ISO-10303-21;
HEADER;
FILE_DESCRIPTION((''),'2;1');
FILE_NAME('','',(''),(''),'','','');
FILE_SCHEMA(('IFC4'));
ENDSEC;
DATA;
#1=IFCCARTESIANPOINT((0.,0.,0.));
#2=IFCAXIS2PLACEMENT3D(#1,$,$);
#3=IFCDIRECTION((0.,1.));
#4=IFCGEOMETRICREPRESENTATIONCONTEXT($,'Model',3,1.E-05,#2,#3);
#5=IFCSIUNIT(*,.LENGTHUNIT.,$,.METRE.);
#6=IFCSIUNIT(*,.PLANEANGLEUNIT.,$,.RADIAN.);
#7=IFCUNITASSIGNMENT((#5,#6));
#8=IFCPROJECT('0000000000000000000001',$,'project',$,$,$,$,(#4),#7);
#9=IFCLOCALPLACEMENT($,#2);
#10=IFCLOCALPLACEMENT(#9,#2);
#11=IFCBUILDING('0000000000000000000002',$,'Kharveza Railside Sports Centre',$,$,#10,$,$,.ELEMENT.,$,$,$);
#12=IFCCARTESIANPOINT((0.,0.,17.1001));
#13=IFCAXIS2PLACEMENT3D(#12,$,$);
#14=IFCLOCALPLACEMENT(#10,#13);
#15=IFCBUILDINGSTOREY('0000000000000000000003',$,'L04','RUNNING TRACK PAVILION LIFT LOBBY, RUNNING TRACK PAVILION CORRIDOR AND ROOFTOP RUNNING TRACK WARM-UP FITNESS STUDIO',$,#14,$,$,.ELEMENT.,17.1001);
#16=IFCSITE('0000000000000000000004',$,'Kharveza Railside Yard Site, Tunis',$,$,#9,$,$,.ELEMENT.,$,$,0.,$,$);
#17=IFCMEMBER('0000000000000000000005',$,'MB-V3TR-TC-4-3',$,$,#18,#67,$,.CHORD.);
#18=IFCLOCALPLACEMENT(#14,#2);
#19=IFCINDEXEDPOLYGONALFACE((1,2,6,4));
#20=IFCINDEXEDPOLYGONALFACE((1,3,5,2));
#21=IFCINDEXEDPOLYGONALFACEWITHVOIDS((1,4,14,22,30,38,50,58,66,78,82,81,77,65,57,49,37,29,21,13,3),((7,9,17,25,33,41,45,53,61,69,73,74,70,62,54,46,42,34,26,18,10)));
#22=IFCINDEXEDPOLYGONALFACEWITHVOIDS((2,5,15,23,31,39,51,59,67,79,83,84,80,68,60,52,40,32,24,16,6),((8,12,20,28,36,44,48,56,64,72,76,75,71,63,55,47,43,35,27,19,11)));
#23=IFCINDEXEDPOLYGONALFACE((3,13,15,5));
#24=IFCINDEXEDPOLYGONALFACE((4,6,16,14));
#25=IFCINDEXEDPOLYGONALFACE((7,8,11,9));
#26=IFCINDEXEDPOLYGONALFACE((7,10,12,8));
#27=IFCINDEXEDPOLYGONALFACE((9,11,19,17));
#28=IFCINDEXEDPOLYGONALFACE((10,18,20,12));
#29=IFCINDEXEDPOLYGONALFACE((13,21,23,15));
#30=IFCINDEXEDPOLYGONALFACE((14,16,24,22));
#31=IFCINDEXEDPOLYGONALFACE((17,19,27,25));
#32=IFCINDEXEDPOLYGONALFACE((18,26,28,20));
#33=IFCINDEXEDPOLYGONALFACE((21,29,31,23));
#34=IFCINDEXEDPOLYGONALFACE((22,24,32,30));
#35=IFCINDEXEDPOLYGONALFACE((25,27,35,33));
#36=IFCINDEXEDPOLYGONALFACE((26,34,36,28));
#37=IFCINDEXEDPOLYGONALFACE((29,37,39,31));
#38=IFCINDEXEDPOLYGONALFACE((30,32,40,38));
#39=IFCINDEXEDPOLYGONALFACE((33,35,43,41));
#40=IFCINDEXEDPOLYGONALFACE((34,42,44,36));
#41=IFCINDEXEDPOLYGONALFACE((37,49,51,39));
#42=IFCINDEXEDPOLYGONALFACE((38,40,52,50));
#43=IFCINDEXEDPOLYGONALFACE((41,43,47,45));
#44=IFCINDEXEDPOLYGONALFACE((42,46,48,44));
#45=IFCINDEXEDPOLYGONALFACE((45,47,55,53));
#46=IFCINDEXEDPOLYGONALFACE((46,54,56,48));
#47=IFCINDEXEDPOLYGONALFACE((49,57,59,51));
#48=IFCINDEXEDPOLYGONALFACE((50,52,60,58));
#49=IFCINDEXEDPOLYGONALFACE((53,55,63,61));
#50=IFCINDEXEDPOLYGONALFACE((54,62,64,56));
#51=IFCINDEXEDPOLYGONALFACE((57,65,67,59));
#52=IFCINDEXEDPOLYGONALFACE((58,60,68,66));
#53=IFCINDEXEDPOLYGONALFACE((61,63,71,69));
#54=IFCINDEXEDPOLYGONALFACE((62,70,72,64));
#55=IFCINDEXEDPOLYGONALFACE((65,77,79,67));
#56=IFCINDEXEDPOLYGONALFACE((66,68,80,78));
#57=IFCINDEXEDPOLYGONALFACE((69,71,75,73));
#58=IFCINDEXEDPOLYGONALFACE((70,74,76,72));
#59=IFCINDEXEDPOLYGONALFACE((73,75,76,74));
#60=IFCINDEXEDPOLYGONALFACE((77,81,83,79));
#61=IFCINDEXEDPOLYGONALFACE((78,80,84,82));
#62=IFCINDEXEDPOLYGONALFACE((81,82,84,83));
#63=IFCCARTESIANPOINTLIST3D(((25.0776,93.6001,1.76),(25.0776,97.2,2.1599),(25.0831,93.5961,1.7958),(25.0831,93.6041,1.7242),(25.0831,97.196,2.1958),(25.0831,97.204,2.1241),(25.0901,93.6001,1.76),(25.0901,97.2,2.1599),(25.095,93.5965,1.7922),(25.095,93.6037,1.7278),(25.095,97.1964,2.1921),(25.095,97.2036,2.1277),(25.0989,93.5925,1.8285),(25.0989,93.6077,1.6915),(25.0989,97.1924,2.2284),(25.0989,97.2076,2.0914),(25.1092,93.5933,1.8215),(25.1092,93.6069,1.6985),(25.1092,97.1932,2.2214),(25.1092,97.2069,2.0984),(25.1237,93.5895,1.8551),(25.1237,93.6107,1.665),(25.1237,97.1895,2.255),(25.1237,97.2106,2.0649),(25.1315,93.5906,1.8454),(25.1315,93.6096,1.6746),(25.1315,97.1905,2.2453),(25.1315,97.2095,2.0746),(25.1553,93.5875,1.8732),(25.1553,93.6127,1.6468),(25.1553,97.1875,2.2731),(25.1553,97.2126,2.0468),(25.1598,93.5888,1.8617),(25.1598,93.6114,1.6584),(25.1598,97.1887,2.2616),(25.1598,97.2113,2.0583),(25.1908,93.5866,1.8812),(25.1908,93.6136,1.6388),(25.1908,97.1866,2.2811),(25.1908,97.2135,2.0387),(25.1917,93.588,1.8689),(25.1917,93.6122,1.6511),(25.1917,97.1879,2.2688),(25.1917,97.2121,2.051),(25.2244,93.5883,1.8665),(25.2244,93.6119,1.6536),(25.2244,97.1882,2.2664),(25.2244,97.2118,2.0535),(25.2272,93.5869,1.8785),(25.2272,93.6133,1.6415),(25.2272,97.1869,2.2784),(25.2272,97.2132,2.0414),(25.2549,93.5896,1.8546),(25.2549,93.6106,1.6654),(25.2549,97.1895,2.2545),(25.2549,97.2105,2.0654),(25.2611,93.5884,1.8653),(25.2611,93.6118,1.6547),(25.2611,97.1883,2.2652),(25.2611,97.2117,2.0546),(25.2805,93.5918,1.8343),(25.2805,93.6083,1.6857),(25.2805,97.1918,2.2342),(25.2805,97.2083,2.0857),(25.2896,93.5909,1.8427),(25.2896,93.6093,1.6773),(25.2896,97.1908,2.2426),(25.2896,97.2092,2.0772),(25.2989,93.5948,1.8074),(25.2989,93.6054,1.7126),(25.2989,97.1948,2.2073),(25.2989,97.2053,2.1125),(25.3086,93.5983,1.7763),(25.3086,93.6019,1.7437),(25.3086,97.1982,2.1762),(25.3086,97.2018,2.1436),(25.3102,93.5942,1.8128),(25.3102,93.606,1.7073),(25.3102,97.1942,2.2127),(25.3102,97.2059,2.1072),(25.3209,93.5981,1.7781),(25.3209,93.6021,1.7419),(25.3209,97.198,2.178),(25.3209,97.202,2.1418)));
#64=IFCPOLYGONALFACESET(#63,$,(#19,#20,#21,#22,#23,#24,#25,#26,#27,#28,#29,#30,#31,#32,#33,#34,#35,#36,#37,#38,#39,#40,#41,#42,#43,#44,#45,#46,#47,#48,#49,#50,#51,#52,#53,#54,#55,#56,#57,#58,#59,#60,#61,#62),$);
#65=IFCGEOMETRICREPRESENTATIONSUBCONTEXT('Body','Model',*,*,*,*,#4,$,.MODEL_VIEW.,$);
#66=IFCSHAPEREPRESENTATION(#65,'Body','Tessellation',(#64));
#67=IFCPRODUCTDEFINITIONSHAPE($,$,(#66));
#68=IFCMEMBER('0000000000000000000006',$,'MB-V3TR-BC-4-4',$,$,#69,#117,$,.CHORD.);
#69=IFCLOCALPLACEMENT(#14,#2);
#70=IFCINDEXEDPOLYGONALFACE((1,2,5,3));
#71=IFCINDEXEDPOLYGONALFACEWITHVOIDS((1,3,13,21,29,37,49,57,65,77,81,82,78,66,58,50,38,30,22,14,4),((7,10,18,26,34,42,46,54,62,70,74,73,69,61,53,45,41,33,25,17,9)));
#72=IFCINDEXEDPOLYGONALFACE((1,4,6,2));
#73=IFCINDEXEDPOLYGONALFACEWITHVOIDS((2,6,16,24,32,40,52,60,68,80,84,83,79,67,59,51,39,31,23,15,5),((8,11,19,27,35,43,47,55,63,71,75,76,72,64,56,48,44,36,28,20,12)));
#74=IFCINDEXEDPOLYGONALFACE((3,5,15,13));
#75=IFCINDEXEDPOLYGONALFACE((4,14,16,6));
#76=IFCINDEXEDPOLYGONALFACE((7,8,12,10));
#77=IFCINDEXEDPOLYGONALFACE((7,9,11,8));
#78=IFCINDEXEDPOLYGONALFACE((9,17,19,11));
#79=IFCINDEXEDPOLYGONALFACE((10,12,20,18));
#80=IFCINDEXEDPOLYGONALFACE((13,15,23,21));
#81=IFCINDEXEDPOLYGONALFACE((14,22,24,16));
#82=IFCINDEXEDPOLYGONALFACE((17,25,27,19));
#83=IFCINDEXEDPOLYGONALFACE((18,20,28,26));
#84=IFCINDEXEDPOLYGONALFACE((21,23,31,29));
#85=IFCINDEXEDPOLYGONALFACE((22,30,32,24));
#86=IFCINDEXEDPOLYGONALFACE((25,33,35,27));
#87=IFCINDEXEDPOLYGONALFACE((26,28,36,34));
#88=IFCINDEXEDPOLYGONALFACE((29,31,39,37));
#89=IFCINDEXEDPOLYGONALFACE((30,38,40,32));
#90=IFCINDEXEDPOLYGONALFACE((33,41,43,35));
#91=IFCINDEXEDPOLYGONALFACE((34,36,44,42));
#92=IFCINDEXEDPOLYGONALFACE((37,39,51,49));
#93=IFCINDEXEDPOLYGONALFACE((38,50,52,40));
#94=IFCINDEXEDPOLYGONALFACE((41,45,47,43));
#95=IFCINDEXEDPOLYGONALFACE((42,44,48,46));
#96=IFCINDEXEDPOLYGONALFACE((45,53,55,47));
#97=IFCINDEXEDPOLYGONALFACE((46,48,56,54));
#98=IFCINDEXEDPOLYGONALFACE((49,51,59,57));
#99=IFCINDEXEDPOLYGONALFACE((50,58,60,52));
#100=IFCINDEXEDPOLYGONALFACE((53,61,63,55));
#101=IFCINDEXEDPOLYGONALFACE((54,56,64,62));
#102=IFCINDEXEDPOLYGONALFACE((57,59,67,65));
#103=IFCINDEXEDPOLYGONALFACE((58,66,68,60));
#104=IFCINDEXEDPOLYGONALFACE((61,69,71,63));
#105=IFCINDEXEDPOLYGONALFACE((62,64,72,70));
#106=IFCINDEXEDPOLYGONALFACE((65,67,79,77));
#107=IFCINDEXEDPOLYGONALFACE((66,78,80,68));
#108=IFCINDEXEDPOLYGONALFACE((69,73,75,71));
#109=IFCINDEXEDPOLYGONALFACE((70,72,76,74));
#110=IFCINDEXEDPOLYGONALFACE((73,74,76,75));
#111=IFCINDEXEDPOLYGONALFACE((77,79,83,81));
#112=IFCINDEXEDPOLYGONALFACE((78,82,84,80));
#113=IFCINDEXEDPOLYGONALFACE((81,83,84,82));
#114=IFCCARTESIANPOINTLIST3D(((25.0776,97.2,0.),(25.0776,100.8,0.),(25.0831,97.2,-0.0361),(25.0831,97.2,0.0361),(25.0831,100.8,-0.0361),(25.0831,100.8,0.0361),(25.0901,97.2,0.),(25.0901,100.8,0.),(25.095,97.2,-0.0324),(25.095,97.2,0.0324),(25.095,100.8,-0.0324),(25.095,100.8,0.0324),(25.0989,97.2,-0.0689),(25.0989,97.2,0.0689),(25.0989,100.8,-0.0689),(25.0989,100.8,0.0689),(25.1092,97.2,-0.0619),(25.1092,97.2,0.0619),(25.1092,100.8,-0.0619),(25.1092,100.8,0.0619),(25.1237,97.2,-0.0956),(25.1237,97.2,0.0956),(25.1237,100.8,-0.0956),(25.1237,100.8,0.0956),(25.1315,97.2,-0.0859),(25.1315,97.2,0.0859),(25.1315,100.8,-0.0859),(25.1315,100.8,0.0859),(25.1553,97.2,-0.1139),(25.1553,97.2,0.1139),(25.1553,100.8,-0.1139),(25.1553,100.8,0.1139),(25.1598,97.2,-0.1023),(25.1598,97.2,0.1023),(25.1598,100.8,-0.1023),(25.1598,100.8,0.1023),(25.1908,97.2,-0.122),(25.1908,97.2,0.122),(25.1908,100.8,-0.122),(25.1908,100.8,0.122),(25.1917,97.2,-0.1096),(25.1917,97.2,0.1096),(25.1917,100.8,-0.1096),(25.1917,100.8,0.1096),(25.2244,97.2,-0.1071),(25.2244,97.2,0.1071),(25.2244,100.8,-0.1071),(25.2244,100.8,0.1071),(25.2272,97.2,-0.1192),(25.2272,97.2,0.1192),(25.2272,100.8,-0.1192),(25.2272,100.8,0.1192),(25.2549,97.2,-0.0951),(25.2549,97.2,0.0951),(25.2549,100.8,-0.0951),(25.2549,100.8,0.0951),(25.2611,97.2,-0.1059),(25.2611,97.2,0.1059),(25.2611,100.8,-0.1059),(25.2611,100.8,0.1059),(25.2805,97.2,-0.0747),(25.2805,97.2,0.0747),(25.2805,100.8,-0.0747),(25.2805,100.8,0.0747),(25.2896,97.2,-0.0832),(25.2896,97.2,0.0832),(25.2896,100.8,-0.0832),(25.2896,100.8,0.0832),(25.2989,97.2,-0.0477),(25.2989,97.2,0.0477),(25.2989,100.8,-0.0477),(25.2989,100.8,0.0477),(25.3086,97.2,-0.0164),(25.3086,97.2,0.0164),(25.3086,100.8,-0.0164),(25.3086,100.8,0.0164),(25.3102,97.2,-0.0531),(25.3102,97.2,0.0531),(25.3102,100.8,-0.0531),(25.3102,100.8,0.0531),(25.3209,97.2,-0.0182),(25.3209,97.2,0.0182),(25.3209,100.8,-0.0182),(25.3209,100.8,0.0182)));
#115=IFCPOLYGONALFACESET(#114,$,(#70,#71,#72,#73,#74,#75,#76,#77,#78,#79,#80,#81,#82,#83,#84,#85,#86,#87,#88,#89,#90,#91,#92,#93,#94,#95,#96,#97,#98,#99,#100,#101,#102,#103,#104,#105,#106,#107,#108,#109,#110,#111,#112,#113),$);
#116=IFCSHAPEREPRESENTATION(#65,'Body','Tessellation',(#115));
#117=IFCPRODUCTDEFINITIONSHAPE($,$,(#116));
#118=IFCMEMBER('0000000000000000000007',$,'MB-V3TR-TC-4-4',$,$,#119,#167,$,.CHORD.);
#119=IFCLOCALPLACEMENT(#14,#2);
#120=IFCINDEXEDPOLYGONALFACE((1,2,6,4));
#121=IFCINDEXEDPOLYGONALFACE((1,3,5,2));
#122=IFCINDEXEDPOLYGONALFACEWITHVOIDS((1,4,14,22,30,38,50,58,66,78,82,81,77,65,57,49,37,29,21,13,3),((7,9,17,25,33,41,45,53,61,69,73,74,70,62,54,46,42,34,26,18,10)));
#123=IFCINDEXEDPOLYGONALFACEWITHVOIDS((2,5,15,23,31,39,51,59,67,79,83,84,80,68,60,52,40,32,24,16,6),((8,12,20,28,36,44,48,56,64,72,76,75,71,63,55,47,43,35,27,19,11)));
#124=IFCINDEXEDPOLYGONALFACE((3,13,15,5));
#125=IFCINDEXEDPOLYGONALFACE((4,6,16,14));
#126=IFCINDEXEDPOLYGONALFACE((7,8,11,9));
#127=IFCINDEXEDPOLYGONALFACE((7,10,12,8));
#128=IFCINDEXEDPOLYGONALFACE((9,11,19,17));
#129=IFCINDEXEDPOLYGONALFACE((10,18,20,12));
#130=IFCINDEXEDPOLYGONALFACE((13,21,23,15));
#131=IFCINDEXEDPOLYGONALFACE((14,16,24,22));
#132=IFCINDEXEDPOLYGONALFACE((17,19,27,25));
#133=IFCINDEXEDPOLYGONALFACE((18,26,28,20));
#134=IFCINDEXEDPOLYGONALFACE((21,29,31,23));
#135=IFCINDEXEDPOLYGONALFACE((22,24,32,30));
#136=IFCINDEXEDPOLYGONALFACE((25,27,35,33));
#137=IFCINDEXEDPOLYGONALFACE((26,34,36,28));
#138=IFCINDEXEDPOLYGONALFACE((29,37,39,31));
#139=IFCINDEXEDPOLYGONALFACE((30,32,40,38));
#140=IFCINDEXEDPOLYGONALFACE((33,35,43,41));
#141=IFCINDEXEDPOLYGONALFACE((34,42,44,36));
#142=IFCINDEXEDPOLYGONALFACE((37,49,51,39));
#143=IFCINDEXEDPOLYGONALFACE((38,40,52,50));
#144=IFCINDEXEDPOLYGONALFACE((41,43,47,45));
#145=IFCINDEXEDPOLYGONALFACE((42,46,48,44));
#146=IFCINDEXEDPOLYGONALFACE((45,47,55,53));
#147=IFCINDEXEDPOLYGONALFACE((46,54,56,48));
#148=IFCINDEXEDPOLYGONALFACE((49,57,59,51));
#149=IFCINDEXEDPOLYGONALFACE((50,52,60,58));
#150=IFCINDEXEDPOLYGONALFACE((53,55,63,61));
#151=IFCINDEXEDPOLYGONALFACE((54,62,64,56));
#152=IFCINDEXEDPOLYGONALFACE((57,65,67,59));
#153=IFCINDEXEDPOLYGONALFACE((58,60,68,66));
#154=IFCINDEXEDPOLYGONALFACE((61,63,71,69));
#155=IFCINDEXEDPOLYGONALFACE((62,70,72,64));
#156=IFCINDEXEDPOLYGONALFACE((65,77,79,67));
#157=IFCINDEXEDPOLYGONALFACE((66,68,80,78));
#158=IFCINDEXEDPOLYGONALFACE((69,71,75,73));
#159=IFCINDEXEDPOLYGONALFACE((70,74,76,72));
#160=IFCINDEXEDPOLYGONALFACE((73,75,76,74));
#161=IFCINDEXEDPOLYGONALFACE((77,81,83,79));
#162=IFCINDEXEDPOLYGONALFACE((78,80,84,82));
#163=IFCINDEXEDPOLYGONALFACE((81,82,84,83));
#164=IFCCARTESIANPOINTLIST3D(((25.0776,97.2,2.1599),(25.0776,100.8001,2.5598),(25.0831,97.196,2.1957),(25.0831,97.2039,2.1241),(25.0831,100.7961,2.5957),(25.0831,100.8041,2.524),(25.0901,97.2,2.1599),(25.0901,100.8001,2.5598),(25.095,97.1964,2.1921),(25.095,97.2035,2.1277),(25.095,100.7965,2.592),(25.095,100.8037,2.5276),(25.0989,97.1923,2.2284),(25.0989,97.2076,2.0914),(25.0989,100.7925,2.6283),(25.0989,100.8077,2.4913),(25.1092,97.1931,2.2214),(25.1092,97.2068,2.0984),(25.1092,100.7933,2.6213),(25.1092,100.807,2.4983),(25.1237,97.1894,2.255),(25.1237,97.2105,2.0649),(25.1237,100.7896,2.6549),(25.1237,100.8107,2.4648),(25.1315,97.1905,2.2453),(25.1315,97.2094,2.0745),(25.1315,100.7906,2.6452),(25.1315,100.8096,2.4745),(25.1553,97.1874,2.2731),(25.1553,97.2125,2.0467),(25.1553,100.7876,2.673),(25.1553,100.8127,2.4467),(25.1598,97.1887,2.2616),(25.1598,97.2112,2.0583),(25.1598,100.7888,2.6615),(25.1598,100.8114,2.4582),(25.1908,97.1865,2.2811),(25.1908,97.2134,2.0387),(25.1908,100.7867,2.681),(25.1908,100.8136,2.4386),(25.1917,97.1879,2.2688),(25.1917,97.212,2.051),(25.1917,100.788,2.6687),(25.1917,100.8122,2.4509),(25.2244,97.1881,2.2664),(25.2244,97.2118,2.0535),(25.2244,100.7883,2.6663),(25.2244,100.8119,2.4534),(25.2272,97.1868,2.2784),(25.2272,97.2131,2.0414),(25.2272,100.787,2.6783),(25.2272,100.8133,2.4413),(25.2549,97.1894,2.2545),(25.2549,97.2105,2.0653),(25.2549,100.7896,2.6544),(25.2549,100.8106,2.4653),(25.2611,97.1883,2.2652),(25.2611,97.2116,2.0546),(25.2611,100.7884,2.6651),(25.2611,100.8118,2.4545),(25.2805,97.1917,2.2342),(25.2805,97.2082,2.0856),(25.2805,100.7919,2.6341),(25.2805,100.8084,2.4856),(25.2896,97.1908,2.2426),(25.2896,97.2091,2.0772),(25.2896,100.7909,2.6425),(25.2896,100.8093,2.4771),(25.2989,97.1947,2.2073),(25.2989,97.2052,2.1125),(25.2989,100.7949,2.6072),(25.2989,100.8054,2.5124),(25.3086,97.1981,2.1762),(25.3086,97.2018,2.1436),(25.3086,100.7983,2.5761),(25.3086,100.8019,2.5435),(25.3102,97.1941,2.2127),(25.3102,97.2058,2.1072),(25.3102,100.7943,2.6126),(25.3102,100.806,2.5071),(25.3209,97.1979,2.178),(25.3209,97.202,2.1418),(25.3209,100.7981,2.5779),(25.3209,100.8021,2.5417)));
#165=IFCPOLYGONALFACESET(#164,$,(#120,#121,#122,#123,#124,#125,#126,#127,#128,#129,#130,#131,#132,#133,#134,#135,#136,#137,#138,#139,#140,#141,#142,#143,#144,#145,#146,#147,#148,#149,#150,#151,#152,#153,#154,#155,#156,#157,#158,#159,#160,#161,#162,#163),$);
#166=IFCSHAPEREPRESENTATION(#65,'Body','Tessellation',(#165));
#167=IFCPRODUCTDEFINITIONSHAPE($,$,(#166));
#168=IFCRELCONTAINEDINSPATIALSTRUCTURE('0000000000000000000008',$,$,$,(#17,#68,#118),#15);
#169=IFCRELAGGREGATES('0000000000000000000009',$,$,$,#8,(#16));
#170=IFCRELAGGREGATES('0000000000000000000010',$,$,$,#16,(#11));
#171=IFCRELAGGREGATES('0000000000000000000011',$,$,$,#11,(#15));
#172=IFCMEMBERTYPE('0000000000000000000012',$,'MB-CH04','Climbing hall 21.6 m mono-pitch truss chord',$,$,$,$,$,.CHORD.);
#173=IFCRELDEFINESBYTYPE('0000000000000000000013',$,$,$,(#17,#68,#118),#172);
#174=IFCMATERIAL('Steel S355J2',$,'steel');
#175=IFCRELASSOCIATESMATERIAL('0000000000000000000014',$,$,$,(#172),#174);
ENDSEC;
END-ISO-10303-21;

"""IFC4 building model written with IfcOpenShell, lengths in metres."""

from ifc_helpers import new_model, si_unit, direction, frame, origin, origin_2d, place, context, subcontext, project, spatial, hollow_circle, extrude, material, material_profile, profile_set, type_object, element, save


model = new_model("IFC4")

# Units and contexts
model_context = context("Model", 3, precision=1e-05, world=origin(), true_north=direction((0.0, 1.0)))
body_context = subcontext(model_context, "Body", "Model", "MODEL_VIEW")
ifc_project = project(units=[si_unit("LENGTHUNIT", "METRE"), si_unit("PLANEANGLEUNIT", "RADIAN")], contexts=[model_context])

# Site, building, storey
site_placement = place(None, origin())
site = spatial("IfcSite", under=ifc_project, at=site_placement, Name="Kharveza Railside Yard Site, Tunis", CompositionType="ELEMENT", RefElevation=0.0)
building_placement = place(site_placement, origin())
building = spatial("IfcBuilding", under=site, at=building_placement, Name="Kharveza Railside Sports Centre", CompositionType="ELEMENT")
storey_placement = place(building_placement, frame((0.0, 0.0, 17.1001)))
storey = spatial("IfcBuildingStorey", under=building, at=storey_placement, Name="L04", Description="RUNNING TRACK PAVILION LIFT LOBBY, RUNNING TRACK PAVILION CORRIDOR AND ROOFTOP RUNNING TRACK WARM-UP FITNESS STUDIO", CompositionType="ELEMENT", Elevation=17.1001)

# Members
ifc_material_1 = material(Name="Steel S355J2", Category="steel")
ifc_material_profile_1 = material_profile(ifc_material_1, hollow_circle(Radius=0.1223, WallThickness=0.0125, at=origin_2d()), Name="CHS 244.5x12.5")
ifc_profile_set_1 = profile_set([ifc_material_profile_1], Name="Steel S355J2")
member_type_1 = type_object("IfcMemberType", Name="MB-CH04", Description="Climbing hall 21.6 m mono-pitch truss chord", PredefinedType="CHORD", material=ifc_profile_set_1)
member_1_placement = place(storey_placement, frame((25.2, 93.6001, 1.76), z_axis=(0.0, 0.993886, 0.110409), x_axis=(-1.0, 0.0, 0.0)))
element("IfcMember", 1, at=member_1_placement, inside=storey, type_object=member_type_1, Name="MB-V3TR-TC-4-3", PredefinedType="CHORD", context=body_context, shape_type="SweptSolid", body=[
    extrude(hollow_circle(Radius=0.1223, WallThickness=0.0125, at=origin_2d()), origin(), (0.0, 0.0, 1.0), 3.6221),
])
member_2_placement = place(storey_placement, frame((25.2, 97.2, 0.0), z_axis=(0.0, 1.0, 0.0), x_axis=(-1.0, 0.0, 0.0)))
element("IfcMember", 2, at=member_2_placement, inside=storey, type_object=member_type_1, Name="MB-V3TR-BC-4-4", PredefinedType="CHORD", context=body_context, shape_type="SweptSolid", body=[
    extrude(hollow_circle(Radius=0.1223, WallThickness=0.0125, at=origin_2d()), origin(), (0.0, 0.0, 1.0), 3.6001),
])
member_3_placement = place(storey_placement, frame((25.2, 97.2, 2.1599), z_axis=(0.0, 0.993887, 0.110402), x_axis=(-1.0, 0.0, 0.0)))
element("IfcMember", 3, at=member_3_placement, inside=storey, type_object=member_type_1, Name="MB-V3TR-TC-4-4", PredefinedType="CHORD", context=body_context, shape_type="SweptSolid", body=[
    extrude(hollow_circle(Radius=0.1223, WallThickness=0.0125, at=origin_2d()), origin(), (0.0, 0.0, 1.0), 3.6223),
])

save(model, "model.ifc")
